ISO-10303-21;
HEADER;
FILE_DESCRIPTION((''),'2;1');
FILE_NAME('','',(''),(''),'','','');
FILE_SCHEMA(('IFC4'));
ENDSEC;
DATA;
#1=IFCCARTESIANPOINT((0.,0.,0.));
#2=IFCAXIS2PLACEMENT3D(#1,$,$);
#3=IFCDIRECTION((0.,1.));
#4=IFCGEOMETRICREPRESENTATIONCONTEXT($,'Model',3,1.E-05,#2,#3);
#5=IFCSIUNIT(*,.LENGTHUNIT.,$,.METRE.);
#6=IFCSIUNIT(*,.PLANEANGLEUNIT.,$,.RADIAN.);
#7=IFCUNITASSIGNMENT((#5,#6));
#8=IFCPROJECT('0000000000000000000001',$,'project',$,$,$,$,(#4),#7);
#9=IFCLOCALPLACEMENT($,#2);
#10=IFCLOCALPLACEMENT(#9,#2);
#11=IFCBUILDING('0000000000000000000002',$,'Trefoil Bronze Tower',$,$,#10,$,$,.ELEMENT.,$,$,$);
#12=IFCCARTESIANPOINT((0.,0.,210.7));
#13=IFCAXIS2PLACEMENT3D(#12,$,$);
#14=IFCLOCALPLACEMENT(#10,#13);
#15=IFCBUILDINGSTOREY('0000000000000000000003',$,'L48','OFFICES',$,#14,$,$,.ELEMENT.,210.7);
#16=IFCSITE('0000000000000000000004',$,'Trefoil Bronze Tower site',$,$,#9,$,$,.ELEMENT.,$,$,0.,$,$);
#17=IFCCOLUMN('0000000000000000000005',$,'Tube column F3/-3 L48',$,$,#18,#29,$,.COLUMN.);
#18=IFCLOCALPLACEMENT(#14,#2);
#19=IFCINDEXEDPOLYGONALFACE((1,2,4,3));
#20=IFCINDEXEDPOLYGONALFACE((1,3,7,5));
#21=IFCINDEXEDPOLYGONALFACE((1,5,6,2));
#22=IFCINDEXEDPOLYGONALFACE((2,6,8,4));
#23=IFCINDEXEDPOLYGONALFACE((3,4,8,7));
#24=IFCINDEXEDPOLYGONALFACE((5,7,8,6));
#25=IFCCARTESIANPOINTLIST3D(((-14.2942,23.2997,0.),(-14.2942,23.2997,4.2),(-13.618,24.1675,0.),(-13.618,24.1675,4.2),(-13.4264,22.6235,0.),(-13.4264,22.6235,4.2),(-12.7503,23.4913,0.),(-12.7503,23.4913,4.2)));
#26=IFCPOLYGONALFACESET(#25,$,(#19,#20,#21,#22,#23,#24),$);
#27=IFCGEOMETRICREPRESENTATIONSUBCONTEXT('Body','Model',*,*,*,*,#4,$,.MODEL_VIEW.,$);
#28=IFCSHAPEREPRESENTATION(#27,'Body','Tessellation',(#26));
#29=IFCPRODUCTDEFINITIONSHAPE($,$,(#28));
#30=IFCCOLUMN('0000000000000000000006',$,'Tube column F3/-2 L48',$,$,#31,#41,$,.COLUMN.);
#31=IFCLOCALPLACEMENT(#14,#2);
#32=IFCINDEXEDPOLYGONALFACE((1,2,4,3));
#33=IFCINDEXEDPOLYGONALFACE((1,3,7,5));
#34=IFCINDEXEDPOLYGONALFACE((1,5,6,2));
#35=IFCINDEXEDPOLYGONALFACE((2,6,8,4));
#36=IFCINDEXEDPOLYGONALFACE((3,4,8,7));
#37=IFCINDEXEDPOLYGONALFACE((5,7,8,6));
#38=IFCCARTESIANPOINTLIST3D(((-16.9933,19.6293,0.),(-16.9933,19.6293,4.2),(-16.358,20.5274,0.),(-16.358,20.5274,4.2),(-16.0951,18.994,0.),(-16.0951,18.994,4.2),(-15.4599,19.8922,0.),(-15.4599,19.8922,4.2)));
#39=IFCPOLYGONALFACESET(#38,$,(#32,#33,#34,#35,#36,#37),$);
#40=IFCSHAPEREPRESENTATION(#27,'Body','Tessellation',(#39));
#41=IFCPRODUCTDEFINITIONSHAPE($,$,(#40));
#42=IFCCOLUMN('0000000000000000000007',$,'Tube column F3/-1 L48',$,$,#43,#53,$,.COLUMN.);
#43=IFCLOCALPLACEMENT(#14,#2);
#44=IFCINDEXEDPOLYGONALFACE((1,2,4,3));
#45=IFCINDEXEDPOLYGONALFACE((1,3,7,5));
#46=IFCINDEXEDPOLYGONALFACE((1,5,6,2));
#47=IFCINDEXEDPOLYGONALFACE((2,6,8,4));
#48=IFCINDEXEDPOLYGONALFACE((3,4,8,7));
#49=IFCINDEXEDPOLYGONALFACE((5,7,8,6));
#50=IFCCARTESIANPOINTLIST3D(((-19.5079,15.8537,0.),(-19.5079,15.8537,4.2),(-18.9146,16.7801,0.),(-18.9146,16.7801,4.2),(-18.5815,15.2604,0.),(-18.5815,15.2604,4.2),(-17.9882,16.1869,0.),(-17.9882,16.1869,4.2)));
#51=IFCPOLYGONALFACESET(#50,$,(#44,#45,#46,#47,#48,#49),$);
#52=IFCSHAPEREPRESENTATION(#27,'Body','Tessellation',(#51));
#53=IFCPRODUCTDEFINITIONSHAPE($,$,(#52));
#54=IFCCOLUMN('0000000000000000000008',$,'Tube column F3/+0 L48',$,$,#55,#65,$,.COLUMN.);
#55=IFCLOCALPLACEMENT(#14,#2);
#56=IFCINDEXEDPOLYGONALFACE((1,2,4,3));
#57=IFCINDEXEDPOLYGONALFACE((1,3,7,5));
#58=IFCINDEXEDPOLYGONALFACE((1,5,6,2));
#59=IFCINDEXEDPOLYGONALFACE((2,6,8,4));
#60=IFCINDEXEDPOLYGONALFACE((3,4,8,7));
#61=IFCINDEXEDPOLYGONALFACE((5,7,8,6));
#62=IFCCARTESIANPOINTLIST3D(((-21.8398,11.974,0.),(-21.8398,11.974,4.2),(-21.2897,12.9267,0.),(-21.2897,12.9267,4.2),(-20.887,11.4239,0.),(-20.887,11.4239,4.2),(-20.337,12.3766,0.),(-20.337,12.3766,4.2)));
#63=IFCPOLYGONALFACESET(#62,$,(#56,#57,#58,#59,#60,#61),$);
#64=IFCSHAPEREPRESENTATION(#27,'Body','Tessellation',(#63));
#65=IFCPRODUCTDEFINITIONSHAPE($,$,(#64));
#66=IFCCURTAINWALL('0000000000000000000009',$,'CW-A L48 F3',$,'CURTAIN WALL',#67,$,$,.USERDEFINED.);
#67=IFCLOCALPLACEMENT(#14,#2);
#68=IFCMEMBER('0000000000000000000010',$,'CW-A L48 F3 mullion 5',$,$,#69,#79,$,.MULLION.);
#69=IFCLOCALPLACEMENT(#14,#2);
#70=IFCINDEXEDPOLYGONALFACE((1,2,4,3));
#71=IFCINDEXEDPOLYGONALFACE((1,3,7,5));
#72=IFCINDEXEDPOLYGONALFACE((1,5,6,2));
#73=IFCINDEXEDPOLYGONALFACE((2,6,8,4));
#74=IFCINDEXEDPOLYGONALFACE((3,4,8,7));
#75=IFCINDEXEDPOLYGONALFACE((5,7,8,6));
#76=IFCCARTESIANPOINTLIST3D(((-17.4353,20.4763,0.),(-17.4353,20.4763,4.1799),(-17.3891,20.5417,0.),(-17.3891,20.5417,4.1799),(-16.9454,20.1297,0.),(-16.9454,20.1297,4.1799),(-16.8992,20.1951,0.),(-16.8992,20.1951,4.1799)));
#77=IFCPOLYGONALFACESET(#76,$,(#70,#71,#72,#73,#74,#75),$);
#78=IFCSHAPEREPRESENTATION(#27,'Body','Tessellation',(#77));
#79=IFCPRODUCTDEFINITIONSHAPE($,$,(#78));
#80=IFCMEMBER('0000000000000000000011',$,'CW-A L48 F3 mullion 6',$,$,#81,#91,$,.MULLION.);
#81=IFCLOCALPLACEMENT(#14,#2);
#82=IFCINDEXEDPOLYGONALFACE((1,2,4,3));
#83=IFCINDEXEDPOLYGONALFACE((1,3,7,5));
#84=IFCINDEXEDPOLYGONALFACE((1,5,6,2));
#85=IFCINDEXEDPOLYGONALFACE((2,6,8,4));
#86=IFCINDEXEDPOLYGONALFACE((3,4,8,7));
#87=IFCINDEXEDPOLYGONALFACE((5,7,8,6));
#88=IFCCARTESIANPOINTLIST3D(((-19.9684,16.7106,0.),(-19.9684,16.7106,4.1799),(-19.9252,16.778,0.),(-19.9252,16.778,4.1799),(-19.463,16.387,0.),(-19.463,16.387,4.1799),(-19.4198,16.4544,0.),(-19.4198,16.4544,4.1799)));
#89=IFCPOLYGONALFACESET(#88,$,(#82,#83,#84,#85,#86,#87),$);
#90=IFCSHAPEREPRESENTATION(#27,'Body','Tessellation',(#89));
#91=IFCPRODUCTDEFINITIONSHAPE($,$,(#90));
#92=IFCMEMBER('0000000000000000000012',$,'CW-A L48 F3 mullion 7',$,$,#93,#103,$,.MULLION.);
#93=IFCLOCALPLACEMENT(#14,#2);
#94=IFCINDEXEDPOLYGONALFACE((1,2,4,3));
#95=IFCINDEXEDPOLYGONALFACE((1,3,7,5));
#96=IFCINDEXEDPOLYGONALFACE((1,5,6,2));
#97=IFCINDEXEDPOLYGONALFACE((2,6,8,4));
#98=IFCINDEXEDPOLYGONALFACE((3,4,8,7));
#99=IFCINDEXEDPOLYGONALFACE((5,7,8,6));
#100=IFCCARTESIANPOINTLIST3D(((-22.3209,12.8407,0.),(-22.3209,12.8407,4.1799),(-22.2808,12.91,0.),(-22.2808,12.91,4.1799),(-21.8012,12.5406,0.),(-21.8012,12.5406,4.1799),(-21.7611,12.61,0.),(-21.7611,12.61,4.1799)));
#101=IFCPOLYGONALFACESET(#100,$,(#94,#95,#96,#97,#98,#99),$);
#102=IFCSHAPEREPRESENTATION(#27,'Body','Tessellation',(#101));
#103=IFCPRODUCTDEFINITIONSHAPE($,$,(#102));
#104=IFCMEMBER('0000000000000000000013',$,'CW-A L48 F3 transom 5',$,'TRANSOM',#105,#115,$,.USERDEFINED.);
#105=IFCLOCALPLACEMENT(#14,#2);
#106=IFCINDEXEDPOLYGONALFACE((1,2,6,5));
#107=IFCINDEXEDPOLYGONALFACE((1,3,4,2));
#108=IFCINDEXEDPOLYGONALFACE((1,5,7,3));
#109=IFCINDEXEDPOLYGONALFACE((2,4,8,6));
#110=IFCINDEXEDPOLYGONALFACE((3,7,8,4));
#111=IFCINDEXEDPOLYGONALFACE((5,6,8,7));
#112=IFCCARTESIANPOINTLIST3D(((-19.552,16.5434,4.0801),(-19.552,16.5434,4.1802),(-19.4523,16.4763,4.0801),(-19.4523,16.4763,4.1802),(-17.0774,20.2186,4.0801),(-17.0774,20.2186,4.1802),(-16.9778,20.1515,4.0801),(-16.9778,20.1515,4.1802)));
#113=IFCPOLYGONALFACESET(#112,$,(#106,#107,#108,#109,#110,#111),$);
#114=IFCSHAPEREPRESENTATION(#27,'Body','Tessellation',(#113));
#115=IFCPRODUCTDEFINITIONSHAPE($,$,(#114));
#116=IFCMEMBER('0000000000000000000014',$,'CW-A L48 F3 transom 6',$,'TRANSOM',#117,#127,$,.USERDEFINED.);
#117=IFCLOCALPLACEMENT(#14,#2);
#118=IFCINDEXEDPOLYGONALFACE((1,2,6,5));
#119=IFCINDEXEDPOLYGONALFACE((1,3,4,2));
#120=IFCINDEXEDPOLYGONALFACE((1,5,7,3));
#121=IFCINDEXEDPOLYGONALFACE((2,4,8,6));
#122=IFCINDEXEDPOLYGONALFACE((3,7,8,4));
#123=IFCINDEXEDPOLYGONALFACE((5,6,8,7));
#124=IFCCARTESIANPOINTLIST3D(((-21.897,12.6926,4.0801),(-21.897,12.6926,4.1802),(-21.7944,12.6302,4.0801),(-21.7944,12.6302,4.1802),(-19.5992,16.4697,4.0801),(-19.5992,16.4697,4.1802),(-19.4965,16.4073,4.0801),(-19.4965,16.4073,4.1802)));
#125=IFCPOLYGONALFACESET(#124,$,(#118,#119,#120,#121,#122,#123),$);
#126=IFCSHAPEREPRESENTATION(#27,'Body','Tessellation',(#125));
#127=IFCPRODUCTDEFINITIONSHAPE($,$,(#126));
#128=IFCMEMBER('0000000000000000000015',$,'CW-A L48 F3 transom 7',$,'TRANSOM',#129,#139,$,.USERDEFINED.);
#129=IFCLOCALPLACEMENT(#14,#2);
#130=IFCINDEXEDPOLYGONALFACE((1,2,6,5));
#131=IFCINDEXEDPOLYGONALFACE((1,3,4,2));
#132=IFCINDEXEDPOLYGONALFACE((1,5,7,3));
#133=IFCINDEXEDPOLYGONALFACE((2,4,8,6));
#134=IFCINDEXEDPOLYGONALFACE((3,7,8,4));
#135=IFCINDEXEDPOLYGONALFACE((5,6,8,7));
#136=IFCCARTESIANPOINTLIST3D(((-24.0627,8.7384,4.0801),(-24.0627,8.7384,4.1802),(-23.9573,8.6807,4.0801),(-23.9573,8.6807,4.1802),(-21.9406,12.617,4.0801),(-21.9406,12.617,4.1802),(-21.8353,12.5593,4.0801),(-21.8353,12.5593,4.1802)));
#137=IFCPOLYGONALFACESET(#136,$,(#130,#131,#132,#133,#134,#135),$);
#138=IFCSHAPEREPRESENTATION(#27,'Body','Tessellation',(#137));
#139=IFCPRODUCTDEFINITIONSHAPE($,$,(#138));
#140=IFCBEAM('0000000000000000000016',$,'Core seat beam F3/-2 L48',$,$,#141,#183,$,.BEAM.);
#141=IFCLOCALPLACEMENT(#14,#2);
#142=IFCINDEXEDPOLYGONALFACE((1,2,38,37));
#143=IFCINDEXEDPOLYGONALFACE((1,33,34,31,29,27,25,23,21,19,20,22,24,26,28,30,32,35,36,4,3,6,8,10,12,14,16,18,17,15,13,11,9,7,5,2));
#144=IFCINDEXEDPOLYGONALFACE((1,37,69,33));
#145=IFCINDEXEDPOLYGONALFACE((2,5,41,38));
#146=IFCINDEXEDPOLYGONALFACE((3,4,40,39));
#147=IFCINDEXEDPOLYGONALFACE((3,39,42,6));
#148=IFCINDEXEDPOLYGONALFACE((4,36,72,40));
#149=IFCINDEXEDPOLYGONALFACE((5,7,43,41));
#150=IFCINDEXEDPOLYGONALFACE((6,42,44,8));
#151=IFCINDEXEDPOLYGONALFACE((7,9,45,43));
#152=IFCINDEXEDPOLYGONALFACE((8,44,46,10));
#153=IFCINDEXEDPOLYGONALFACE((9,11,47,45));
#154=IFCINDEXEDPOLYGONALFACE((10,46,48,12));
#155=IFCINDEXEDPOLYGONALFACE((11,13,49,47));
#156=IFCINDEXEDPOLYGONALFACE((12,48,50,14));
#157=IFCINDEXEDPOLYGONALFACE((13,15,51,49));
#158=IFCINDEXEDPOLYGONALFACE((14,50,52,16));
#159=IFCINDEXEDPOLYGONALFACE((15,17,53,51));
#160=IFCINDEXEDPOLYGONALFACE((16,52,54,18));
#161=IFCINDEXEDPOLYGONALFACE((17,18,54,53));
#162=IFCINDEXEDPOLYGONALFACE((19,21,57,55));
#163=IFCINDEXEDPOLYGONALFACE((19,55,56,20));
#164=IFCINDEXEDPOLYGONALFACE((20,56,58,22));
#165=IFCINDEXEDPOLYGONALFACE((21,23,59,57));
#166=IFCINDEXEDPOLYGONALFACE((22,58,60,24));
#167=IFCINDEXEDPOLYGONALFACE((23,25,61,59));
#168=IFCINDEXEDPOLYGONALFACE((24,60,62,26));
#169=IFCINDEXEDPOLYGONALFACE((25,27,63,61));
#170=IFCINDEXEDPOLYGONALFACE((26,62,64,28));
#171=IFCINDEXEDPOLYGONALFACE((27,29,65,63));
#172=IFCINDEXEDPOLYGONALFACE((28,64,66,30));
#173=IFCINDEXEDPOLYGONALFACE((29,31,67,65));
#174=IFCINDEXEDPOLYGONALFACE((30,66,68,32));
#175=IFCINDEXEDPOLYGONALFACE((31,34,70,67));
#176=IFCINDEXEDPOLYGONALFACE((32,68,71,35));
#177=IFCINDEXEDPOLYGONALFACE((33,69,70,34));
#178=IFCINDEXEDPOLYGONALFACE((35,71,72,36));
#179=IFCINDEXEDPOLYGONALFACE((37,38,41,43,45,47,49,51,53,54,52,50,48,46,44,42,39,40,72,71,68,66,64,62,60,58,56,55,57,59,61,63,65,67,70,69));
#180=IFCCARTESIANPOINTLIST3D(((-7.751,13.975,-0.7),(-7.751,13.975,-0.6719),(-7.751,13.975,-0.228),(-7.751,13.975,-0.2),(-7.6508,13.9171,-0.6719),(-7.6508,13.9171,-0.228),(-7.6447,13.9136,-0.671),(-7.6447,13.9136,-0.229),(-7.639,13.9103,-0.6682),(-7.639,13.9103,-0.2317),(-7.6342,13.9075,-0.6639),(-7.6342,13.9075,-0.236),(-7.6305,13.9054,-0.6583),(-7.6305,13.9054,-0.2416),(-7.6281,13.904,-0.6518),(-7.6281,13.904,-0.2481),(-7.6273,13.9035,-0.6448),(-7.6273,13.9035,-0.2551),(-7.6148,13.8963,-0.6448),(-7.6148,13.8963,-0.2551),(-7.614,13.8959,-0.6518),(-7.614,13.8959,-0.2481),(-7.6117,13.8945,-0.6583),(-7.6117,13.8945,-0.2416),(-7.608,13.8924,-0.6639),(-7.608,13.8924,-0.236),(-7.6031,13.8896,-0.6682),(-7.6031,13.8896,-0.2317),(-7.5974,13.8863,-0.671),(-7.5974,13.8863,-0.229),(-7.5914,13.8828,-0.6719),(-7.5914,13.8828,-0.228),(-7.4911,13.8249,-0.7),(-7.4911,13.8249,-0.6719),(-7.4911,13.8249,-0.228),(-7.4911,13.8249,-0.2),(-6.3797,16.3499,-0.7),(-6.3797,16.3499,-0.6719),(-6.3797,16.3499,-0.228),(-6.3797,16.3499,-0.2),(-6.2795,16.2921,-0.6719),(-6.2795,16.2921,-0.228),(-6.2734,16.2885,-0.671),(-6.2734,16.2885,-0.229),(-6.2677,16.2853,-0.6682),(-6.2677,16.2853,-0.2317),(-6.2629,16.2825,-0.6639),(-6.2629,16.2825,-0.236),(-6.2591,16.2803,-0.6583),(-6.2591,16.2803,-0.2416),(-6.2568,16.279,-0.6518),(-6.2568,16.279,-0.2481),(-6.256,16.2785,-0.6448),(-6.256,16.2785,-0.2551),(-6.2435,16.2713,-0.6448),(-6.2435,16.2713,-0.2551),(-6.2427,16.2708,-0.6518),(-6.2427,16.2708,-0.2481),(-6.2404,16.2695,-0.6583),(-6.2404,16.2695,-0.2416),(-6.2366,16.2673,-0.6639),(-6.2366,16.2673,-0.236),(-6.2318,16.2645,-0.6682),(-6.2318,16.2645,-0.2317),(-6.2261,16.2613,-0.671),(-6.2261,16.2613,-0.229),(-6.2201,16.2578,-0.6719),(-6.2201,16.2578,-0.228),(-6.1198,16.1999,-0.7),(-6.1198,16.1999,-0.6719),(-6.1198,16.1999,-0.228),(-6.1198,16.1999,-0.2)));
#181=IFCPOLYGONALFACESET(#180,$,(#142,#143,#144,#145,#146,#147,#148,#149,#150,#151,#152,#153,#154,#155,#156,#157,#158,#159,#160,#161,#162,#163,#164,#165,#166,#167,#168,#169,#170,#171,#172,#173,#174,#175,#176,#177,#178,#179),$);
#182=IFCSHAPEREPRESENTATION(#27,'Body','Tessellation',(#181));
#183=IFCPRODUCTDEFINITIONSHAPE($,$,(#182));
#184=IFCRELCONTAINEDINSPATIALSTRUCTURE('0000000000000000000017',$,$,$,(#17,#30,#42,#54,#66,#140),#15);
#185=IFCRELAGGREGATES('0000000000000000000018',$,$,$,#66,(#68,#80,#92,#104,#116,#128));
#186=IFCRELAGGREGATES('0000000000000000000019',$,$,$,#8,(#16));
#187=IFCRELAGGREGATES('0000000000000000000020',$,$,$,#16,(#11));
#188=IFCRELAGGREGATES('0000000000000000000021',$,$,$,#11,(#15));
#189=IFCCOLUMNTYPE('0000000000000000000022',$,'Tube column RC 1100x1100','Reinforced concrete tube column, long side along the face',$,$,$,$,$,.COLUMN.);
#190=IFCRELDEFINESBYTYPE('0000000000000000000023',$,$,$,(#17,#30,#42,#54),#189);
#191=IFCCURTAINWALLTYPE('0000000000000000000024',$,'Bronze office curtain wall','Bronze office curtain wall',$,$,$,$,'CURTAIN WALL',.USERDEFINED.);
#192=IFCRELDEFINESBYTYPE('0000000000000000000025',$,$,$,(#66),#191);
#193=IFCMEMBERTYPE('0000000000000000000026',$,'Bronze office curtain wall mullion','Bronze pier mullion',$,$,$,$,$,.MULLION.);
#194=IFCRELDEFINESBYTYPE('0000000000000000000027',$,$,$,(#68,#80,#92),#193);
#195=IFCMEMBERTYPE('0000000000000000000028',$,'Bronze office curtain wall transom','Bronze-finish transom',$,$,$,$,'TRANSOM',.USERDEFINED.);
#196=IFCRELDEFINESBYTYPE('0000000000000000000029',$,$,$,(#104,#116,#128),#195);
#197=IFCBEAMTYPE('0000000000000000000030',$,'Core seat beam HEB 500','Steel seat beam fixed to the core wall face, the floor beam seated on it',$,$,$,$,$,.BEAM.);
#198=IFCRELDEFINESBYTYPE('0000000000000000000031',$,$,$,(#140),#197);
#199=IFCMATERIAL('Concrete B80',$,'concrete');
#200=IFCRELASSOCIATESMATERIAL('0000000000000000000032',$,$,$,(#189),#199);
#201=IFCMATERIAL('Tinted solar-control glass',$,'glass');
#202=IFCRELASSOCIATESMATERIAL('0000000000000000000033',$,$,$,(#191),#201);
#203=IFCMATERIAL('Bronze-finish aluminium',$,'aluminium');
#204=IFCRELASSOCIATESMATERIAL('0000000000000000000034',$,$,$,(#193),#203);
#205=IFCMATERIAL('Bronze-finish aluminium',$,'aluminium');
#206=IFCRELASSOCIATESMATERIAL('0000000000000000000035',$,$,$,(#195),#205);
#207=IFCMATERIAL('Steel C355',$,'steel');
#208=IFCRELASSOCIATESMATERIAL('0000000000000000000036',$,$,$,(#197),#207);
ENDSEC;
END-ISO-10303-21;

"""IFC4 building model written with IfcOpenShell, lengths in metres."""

from ifc_helpers import new_model, si_unit, direction, frame, origin, origin_2d, place, context, subcontext, project, spatial, rectangle, i_section, extrude, material, material_profile, profile_set, type_object, element, aggregate, save


model = new_model("IFC4")

# Units and contexts
model_context = context("Model", 3, precision=1e-05, world=origin(), true_north=direction((0.0, 1.0)))
body_context = subcontext(model_context, "Body", "Model", "MODEL_VIEW")
ifc_project = project(units=[si_unit("LENGTHUNIT", "METRE"), si_unit("PLANEANGLEUNIT", "RADIAN")], contexts=[model_context])

# Site, building, storey
site_placement = place(None, origin())
site = spatial("IfcSite", under=ifc_project, at=site_placement, Name="Trefoil Bronze Tower site", CompositionType="ELEMENT", RefElevation=0.0)
building_placement = place(site_placement, origin())
building = spatial("IfcBuilding", under=site, at=building_placement, Name="Trefoil Bronze Tower", CompositionType="ELEMENT")
storey_placement = place(building_placement, frame((0.0, 0.0, 210.7)))
storey = spatial("IfcBuildingStorey", under=building, at=storey_placement, Name="L48", Description="OFFICES", CompositionType="ELEMENT", Elevation=210.7)

# Columns
ifc_material_1 = material(Name="Concrete B80", Category="concrete")
ifc_material_profile_1 = material_profile(ifc_material_1, rectangle(XDim=1.1001, YDim=1.1001, at=origin_2d()), Name="RC 1100x1100")
ifc_profile_set_1 = profile_set([ifc_material_profile_1], Name="Concrete B80")
column_type = type_object("IfcColumnType", Name="Tube column RC 1100x1100", Description="Reinforced concrete tube column, long side along the face", PredefinedType="COLUMN", material=ifc_profile_set_1)
for number, where, z_axis, x_axis, name in (
    (1, (-13.5222, 23.3955, 0.0), (0.0, 0.0, 1.0), (-0.614622, -0.788821, 0.0), "Tube column F3/-3 L48"),
    (2, (-16.2266, 19.7607, 0.0), (0.0, 0.0, 1.0), (-0.577481, -0.816404, 0.0), "Tube column F3/-2 L48"),
    (3, (-18.748, 16.0203, 0.0), (0.0, 0.0, 1.0), (-0.53927, -0.842133, 0.0), "Tube column F3/-1 L48"),
    (4, (-21.0884, 12.1753, 0.0), (0.0, 0.0, 1.0), (-0.5, -0.866025, 0.0), "Tube column F3/+0 L48"),
):
    element("IfcColumn", number, at=place(storey_placement, frame(where, z_axis=z_axis, x_axis=x_axis)), inside=storey, type_object=column_type, Name=name, PredefinedType="COLUMN", context=body_context, shape_type="SweptSolid", body=[
        extrude(rectangle(XDim=1.1001, YDim=1.1001, at=origin_2d()), origin(), (0.0, 0.0, 1.0), 4.2),
    ])

# Curtain wall, members
ifc_material_2 = material(Name="Tinted solar-control glass", Category="glass")
curtain_wall_type = type_object("IfcCurtainWallType", Name="Bronze office curtain wall", Description="Bronze office curtain wall", ElementType="CURTAIN WALL", PredefinedType="USERDEFINED", material=ifc_material_2)
curtain_wall_placement = place(storey_placement, origin())
curtain_wall = element("IfcCurtainWall", 5, at=curtain_wall_placement, inside=storey, type_object=curtain_wall_type, Name="CW-A L48 F3", ObjectType="CURTAIN WALL", PredefinedType="USERDEFINED")
ifc_material_3 = material(Name="Bronze-finish aluminium", Category="aluminium")
ifc_material_profile_2 = material_profile(ifc_material_3, rectangle(XDim=0.6001, YDim=0.0801, at=origin_2d()), Name="CW-A mullion")
ifc_profile_set_2 = profile_set([ifc_material_profile_2], Name="Bronze-finish aluminium")
member_type_1 = type_object("IfcMemberType", Name="Bronze office curtain wall mullion", Description="Bronze pier mullion", PredefinedType="MULLION", material=ifc_profile_set_2)
member_1_placement = place(storey_placement, frame((-17.1672, 20.3357, 0.0), z_axis=(0.0, 0.0, 1.0), x_axis=(0.816404, -0.577481, 0.0)))
member_1 = element("IfcMember", 6, at=member_1_placement, type_object=member_type_1, Name="CW-A L48 F3 mullion 5", PredefinedType="MULLION", context=body_context, shape_type="SweptSolid", body=[
    extrude(rectangle(XDim=0.6001, YDim=0.0801, at=origin_2d()), origin(), (0.0, 0.0, 1.0), 4.1799),
])
member_2_placement = place(storey_placement, frame((-19.6941, 16.5825, 0.0), z_axis=(0.0, 0.0, 1.0), x_axis=(0.842133, -0.53927, 0.0)))
member_2 = element("IfcMember", 7, at=member_2_placement, type_object=member_type_1, Name="CW-A L48 F3 mullion 6", PredefinedType="MULLION", context=body_context, shape_type="SweptSolid", body=[
    extrude(rectangle(XDim=0.6001, YDim=0.0801, at=origin_2d()), origin(), (0.0, 0.0, 1.0), 4.1799),
])
member_3_placement = place(storey_placement, frame((-22.041, 12.7253, 0.0), z_axis=(0.0, 0.0, 1.0), x_axis=(0.866025, -0.5, 0.0)))
member_3 = element("IfcMember", 8, at=member_3_placement, type_object=member_type_1, Name="CW-A L48 F3 mullion 7", PredefinedType="MULLION", context=body_context, shape_type="SweptSolid", body=[
    extrude(rectangle(XDim=0.6001, YDim=0.0801, at=origin_2d()), origin(), (0.0, 0.0, 1.0), 4.1799),
])
ifc_material_4 = material(Name="Bronze-finish aluminium", Category="aluminium")
ifc_material_profile_3 = material_profile(ifc_material_4, rectangle(XDim=0.1201, YDim=0.1001, at=origin_2d()), Name="CW-A transom")
ifc_profile_set_3 = profile_set([ifc_material_profile_3], Name="Bronze-finish aluminium")
member_type_2 = type_object("IfcMemberType", Name="Bronze office curtain wall transom", Description="Bronze-finish transom", ElementType="TRANSOM", PredefinedType="USERDEFINED", material=ifc_profile_set_3)
member_4_placement = place(storey_placement, frame((-17.0276, 20.1851, 4.1301), z_axis=(-0.558509, -0.829498, 0.0), x_axis=(0.829498, -0.558509, 0.0)))
member_4 = element("IfcMember", 9, at=member_4_placement, type_object=member_type_2, Name="CW-A L48 F3 transom 5", ObjectType="TRANSOM", PredefinedType="USERDEFINED", context=body_context, shape_type="SweptSolid", body=[
    extrude(rectangle(XDim=0.1201, YDim=0.1001, at=origin_2d()), origin(), (0.0, 0.0, 1.0), 4.4307),
])
member_5_placement = place(storey_placement, frame((-19.5479, 16.4385, 4.1301), z_axis=(-0.51974, -0.854324, 0.0), x_axis=(0.854324, -0.51974, 0.0)))
member_5 = element("IfcMember", 10, at=member_5_placement, type_object=member_type_2, Name="CW-A L48 F3 transom 6", ObjectType="TRANSOM", PredefinedType="USERDEFINED", context=body_context, shape_type="SweptSolid", body=[
    extrude(rectangle(XDim=0.1201, YDim=0.1001, at=origin_2d()), origin(), (0.0, 0.0, 1.0), 4.4211),
])
member_6_placement = place(storey_placement, frame((-21.8879, 12.5881, 4.1301), z_axis=(-0.479974, -0.877283, 0.0), x_axis=(0.877283, -0.479974, 0.0)))
member_6 = element("IfcMember", 11, at=member_6_placement, type_object=member_type_2, Name="CW-A L48 F3 transom 7", ObjectType="TRANSOM", PredefinedType="USERDEFINED", context=body_context, shape_type="SweptSolid", body=[
    extrude(rectangle(XDim=0.1201, YDim=0.1001, at=origin_2d()), origin(), (0.0, 0.0, 1.0), 4.4211),
])

# Beam
ifc_material_5 = material(Name="Steel C355", Category="steel")
ifc_material_profile_4 = material_profile(ifc_material_5, i_section(OverallWidth=0.3, OverallDepth=0.5, WebThickness=0.0144, FlangeThickness=0.0281, FilletRadius=0.0271, at=origin_2d()), Name="HEB 500")
ifc_profile_set_4 = profile_set([ifc_material_profile_4], Name="Steel C355")
beam_type_1 = type_object("IfcBeamType", Name="Core seat beam HEB 500", Description="Steel seat beam fixed to the core wall face, the floor beam seated on it", PredefinedType="BEAM", material=ifc_profile_set_4)
beam_1_placement = place(storey_placement, frame((-6.2498, 16.2749, -0.45), z_axis=(-0.500036, -0.866005, 0.0), x_axis=(0.866005, -0.500036, 0.0)))
element("IfcBeam", 12, at=beam_1_placement, inside=storey, type_object=beam_type_1, Name="Core seat beam F3/-2 L48", PredefinedType="BEAM", context=body_context, shape_type="SweptSolid", body=[
    extrude(i_section(OverallWidth=0.3, OverallDepth=0.5, WebThickness=0.0144, FlangeThickness=0.0281, FilletRadius=0.0271, at=origin_2d()), origin(), (0.0, 0.0, 1.0), 2.7424),
])

aggregate(curtain_wall, [member_1, member_2, member_3, member_4, member_5, member_6])

save(model, "model.ifc")
